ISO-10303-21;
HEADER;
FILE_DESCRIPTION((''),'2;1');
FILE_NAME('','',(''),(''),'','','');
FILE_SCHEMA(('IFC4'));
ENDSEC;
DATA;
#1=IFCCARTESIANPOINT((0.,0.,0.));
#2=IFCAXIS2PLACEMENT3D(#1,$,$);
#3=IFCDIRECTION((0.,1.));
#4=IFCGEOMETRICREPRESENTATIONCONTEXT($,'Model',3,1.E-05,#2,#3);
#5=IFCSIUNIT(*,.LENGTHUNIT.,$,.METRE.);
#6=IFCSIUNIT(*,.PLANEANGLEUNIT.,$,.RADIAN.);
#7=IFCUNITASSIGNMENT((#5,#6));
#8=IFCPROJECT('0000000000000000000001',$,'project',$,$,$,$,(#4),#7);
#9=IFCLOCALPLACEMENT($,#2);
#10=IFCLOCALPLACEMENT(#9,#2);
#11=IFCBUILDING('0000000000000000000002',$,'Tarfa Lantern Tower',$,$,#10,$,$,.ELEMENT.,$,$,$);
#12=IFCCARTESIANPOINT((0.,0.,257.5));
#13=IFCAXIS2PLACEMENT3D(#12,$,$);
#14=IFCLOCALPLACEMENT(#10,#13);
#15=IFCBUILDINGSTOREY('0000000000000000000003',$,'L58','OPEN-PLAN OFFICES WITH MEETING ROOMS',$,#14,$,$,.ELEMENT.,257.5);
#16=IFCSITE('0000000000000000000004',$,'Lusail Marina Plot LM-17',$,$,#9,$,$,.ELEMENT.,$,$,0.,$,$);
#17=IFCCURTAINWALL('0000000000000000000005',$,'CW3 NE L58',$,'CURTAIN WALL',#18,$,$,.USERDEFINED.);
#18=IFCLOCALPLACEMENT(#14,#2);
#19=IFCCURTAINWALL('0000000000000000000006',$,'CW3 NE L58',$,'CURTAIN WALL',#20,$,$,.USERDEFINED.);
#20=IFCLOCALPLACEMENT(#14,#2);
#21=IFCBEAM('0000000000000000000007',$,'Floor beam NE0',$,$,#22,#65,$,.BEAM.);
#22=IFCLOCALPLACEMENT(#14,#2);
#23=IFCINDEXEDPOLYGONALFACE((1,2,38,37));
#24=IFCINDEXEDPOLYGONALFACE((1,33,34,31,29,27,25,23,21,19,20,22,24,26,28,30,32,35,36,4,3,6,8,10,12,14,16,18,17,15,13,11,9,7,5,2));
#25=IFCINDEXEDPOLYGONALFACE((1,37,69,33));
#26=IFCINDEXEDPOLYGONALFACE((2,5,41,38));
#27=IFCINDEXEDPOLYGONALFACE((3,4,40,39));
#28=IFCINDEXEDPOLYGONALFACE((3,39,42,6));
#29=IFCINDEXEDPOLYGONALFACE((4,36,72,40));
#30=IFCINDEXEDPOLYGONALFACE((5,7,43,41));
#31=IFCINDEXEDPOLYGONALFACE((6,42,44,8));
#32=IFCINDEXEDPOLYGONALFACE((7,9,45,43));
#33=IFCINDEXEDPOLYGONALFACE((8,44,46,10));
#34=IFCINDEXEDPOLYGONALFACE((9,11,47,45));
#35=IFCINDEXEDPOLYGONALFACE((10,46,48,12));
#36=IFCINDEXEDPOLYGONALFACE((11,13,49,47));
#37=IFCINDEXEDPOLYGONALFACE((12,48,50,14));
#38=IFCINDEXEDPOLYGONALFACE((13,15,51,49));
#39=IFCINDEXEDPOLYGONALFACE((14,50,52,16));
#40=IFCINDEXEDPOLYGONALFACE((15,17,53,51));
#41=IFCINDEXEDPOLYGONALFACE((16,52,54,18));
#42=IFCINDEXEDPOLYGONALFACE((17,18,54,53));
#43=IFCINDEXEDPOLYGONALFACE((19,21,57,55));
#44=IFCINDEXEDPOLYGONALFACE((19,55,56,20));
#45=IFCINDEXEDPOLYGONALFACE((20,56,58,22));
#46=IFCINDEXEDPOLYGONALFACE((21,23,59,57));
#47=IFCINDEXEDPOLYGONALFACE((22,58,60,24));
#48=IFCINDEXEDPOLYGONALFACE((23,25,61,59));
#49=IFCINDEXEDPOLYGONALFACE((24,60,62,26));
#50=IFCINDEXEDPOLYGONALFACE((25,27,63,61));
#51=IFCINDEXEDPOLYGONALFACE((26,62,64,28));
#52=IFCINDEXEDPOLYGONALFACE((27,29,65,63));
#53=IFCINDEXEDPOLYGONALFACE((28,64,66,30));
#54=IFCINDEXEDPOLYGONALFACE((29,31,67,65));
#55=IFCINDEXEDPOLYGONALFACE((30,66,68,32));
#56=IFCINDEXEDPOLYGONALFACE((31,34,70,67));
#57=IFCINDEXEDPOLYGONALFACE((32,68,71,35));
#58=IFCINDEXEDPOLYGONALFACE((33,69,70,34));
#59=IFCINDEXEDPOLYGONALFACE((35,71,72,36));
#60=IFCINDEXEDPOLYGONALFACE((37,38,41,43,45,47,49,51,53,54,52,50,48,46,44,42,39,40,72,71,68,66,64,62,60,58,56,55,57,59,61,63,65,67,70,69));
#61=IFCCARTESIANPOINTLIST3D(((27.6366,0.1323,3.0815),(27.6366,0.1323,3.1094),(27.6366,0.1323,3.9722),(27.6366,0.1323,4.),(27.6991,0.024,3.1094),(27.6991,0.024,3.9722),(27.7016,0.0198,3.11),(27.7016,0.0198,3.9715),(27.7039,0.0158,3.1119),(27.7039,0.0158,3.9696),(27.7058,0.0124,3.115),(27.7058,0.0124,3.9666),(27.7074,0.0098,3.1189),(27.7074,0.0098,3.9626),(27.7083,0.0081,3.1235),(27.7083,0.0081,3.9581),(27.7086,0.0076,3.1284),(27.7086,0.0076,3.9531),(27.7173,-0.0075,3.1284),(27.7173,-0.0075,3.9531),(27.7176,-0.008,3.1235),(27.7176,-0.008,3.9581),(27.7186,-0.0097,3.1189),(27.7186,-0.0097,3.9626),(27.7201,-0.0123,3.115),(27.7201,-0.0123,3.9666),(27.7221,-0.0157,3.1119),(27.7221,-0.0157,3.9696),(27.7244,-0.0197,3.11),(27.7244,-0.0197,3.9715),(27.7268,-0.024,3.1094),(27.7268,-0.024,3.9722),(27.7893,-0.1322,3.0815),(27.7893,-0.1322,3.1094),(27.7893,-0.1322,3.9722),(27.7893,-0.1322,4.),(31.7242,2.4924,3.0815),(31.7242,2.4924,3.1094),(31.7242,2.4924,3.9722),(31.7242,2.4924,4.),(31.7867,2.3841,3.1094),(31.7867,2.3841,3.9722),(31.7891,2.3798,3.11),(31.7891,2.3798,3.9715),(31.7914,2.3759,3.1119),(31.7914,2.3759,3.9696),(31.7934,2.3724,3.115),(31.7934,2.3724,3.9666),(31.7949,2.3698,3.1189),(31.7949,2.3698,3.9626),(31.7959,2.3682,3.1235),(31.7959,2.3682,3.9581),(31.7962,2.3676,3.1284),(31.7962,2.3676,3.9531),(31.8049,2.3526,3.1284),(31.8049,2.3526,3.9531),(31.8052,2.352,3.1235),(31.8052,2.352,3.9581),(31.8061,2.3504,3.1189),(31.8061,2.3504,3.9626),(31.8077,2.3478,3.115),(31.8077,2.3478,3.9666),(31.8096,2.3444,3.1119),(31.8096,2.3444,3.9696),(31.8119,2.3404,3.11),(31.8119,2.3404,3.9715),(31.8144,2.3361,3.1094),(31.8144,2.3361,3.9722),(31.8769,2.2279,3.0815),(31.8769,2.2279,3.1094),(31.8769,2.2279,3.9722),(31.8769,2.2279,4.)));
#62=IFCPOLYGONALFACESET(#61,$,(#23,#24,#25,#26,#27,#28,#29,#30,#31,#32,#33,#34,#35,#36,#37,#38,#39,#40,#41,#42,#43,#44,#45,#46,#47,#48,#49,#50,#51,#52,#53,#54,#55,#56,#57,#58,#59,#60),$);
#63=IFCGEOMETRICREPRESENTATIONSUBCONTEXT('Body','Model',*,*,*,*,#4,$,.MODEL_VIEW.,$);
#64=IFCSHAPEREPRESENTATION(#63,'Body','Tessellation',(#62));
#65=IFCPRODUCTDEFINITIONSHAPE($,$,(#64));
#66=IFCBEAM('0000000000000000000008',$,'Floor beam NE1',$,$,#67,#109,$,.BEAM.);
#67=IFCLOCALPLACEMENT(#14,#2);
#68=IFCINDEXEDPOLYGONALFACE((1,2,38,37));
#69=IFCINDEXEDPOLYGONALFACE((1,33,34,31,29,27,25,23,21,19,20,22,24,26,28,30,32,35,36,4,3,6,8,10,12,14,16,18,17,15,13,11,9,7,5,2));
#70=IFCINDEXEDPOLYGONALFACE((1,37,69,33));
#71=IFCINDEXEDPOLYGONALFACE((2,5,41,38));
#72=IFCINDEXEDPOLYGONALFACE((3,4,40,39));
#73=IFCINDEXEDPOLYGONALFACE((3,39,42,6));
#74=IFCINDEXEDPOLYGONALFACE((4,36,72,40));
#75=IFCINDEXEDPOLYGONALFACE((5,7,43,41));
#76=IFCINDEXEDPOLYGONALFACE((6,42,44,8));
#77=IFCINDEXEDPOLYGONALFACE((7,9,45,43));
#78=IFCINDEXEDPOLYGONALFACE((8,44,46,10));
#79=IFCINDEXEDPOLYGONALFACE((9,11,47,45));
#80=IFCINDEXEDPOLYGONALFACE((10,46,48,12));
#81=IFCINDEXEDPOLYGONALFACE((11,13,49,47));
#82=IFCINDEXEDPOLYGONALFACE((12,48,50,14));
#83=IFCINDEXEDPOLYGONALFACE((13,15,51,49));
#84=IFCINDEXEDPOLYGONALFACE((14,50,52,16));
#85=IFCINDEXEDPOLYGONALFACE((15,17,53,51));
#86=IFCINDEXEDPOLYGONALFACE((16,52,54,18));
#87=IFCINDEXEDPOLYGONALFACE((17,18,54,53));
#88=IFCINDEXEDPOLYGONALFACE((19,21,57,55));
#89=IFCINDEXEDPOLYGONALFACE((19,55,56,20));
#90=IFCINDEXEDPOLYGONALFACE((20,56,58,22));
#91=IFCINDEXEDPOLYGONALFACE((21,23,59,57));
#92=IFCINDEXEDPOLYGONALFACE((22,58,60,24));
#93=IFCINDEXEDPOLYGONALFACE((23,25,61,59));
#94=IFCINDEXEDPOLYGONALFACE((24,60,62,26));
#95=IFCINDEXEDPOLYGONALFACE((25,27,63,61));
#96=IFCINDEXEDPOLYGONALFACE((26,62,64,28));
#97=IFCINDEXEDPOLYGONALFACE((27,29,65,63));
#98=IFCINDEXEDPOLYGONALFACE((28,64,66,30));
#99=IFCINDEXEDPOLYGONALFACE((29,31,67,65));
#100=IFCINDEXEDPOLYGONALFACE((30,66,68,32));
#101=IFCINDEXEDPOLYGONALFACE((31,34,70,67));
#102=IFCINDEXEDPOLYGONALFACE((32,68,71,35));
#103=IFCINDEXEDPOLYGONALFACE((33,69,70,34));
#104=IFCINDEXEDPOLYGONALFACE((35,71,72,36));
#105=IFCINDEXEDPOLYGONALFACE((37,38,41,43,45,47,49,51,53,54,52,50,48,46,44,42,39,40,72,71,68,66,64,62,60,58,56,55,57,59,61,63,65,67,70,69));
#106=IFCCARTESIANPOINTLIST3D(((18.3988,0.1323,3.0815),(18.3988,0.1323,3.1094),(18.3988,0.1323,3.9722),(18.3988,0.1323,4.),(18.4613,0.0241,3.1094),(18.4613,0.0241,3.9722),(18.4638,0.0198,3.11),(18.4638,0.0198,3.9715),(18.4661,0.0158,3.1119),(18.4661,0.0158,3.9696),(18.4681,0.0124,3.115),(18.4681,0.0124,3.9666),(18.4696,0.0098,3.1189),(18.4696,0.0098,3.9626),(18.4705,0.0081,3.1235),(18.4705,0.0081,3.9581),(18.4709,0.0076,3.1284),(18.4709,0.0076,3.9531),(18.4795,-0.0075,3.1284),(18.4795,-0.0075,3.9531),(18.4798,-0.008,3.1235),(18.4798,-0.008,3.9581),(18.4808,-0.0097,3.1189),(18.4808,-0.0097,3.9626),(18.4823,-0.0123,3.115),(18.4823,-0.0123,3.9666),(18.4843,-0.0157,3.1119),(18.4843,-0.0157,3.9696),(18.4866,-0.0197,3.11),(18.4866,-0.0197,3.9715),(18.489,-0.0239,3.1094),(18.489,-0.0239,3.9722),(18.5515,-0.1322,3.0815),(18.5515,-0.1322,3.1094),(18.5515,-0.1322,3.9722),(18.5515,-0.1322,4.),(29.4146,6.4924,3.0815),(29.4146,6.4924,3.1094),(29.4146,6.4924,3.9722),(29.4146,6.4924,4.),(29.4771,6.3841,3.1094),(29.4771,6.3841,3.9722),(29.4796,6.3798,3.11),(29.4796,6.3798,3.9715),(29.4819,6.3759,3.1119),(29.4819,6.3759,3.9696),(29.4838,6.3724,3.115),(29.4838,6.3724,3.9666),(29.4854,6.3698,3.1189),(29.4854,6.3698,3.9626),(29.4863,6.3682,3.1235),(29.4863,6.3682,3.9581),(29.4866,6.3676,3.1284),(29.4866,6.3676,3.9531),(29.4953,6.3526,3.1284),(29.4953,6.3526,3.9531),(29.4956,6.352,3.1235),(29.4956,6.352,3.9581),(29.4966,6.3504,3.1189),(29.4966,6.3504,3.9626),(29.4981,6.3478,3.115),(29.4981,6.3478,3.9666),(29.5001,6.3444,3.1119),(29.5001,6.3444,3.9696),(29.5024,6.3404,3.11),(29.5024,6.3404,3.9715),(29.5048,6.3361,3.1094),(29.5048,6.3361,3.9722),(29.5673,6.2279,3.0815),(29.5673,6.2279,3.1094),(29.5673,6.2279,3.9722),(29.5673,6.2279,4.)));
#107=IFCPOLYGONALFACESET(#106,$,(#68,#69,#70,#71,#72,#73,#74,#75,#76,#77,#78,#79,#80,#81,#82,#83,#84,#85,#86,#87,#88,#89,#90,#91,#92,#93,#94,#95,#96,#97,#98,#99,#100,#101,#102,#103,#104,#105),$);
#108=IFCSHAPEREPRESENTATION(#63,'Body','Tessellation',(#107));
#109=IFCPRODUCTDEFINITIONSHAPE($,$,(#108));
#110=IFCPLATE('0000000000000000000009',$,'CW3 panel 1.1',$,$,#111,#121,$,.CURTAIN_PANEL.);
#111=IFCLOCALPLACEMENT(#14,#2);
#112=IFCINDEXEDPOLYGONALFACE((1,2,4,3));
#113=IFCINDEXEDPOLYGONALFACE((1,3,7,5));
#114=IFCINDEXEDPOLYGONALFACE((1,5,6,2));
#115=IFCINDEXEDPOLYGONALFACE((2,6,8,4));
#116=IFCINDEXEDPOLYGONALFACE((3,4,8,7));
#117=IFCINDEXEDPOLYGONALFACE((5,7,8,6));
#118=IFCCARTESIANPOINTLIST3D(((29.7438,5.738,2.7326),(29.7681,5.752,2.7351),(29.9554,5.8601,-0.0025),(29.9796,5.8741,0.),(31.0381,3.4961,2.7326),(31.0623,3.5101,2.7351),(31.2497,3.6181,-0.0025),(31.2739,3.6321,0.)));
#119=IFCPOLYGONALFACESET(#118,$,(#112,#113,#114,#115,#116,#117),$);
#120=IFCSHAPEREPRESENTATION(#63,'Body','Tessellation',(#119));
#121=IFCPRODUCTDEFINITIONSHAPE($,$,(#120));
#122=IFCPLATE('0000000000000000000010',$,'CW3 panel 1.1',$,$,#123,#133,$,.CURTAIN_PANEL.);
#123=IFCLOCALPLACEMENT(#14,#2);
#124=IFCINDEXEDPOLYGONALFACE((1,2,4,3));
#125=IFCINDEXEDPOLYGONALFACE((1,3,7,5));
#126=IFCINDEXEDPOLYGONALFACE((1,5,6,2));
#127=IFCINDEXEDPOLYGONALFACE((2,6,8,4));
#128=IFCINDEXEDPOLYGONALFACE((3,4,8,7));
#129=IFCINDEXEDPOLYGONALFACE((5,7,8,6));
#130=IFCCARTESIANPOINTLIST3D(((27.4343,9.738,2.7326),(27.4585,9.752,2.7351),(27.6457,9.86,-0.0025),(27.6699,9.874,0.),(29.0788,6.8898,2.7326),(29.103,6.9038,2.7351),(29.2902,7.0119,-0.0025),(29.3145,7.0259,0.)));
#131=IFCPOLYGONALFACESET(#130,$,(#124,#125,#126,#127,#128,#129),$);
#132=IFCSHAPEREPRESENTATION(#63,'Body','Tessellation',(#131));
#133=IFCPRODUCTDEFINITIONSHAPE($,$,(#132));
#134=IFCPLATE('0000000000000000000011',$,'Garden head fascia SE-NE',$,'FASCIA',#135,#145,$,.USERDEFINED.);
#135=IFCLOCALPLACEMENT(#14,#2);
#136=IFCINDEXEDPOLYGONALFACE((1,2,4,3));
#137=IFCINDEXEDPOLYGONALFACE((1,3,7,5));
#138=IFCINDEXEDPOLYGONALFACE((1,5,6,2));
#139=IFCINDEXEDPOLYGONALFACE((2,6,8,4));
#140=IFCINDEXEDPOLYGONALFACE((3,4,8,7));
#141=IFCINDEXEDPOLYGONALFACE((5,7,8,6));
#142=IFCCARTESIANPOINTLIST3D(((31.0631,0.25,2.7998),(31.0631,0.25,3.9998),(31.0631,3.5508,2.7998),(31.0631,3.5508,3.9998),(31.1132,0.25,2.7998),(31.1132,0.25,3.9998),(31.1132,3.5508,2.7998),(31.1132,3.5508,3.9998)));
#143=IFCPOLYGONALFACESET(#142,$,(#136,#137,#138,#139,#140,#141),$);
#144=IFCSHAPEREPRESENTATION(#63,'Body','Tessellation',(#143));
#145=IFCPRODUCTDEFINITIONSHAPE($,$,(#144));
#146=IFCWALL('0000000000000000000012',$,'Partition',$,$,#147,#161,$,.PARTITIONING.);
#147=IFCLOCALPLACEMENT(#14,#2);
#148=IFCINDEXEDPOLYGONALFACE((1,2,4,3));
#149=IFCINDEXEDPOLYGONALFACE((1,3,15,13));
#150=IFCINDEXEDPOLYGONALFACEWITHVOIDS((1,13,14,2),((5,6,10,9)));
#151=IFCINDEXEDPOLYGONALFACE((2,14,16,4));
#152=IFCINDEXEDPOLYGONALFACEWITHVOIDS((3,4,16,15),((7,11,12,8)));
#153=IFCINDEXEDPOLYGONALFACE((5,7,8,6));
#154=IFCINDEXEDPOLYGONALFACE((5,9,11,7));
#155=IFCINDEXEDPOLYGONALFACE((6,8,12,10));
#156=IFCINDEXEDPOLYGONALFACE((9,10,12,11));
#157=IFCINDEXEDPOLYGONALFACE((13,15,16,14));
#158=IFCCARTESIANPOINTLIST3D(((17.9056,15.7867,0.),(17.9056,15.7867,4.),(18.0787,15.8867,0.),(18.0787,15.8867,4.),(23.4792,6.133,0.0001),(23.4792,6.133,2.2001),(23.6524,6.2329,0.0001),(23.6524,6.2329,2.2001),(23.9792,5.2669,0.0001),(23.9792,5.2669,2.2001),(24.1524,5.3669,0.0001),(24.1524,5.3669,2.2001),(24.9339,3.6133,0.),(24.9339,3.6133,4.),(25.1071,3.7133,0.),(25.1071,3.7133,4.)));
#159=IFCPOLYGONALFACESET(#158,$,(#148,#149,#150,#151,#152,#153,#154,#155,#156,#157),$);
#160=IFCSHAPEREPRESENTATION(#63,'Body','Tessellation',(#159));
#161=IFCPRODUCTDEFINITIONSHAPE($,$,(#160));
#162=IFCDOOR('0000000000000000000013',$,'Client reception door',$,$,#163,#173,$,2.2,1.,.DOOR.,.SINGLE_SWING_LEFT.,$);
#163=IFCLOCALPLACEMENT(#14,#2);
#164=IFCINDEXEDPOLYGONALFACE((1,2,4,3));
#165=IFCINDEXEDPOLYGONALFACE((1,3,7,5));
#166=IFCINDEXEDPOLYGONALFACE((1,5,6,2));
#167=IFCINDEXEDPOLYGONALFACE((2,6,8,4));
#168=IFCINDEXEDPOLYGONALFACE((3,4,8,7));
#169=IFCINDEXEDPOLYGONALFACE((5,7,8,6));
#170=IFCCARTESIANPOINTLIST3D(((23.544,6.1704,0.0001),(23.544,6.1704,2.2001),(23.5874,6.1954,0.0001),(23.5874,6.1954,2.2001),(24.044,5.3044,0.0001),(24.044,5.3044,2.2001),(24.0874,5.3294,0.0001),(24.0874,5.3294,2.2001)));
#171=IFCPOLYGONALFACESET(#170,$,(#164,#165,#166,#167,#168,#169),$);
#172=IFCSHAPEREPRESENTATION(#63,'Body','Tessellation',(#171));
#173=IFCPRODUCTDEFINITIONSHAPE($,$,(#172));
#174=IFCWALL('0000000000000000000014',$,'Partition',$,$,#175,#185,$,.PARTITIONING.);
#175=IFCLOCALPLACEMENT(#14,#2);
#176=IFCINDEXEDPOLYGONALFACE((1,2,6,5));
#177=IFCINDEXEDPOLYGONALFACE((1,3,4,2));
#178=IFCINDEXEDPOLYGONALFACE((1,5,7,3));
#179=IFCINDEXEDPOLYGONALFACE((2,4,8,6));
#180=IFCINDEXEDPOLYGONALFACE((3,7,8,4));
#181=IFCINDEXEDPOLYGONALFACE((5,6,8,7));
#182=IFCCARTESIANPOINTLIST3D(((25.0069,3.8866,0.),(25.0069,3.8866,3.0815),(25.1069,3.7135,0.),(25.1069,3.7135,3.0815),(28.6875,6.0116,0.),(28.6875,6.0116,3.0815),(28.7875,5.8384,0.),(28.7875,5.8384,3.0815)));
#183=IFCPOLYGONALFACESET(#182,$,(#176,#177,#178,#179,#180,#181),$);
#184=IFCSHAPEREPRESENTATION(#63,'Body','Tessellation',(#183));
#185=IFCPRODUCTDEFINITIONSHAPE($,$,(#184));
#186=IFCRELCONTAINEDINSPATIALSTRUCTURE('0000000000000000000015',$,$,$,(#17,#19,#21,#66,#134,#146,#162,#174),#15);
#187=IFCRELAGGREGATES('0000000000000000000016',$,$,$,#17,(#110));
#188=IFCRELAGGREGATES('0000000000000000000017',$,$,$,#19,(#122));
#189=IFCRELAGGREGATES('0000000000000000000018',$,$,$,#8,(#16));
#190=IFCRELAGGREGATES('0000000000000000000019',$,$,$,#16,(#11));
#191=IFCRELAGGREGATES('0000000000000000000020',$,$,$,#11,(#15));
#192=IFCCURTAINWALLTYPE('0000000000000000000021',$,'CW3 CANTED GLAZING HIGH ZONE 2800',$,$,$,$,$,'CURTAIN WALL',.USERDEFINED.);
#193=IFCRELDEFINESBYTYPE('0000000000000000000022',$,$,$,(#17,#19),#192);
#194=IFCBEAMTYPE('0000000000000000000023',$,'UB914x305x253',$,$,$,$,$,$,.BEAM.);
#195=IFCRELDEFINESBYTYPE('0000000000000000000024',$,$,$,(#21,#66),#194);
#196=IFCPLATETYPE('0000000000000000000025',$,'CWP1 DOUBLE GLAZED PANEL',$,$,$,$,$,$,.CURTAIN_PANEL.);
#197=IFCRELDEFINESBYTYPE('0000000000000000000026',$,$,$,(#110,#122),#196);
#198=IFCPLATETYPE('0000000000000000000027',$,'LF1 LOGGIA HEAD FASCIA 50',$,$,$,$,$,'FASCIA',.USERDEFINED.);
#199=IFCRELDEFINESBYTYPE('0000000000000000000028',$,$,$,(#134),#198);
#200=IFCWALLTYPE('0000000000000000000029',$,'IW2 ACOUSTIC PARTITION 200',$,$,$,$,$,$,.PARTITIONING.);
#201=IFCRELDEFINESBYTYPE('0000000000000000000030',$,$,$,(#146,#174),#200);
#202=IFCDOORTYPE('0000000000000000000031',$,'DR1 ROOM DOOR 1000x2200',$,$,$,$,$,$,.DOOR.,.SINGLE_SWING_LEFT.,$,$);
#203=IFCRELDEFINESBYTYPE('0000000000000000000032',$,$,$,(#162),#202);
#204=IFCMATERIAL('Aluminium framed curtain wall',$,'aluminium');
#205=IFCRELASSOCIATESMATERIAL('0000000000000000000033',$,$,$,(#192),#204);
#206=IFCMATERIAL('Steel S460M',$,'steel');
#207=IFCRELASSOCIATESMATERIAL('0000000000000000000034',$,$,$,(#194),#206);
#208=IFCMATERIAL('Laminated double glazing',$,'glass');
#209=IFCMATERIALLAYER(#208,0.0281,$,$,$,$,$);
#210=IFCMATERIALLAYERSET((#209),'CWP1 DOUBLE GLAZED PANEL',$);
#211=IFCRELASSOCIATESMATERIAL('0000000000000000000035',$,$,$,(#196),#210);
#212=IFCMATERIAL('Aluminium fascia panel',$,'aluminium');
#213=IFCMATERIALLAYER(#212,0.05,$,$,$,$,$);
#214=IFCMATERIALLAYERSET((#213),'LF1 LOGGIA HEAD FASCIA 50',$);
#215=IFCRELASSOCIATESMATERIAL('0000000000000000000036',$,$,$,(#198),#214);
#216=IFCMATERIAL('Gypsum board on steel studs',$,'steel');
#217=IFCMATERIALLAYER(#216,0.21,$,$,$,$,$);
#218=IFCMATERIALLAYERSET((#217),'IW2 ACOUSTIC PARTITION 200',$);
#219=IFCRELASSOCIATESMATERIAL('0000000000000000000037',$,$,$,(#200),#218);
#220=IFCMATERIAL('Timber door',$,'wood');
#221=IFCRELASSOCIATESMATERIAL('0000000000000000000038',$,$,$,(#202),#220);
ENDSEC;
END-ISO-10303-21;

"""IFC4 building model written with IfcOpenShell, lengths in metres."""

from ifc_helpers import new_model, si_unit, direction, frame, frame_2d, origin, origin_2d, place, context, subcontext, project, spatial, polyline, rectangle, i_section, outline, extrude, material, layer, layer_set, material_profile, profile_set, type_object, element, fill, aggregate, save


model = new_model("IFC4")

# Units and contexts
model_context = context("Model", 3, precision=1e-05, world=origin(), true_north=direction((0.0, 1.0)))
body_context = subcontext(model_context, "Body", "Model", "MODEL_VIEW")
ifc_project = project(units=[si_unit("LENGTHUNIT", "METRE"), si_unit("PLANEANGLEUNIT", "RADIAN")], contexts=[model_context])

# Site, building, storey
site_placement = place(None, origin())
site = spatial("IfcSite", under=ifc_project, at=site_placement, Name="Lusail Marina Plot LM-17", CompositionType="ELEMENT", RefElevation=0.0)
building_placement = place(site_placement, origin())
building = spatial("IfcBuilding", under=site, at=building_placement, Name="Tarfa Lantern Tower", CompositionType="ELEMENT")
storey_placement = place(building_placement, frame((0.0, 0.0, 257.5)))
storey = spatial("IfcBuildingStorey", under=building, at=storey_placement, Name="L58", Description="OPEN-PLAN OFFICES WITH MEETING ROOMS", CompositionType="ELEMENT", Elevation=257.5)

# Curtain walls
ifc_material_1 = material(Name="Aluminium framed curtain wall", Category="aluminium")
curtain_wall_type = type_object("IfcCurtainWallType", Name="CW3 CANTED GLAZING HIGH ZONE 2800", ElementType="CURTAIN WALL", PredefinedType="USERDEFINED", material=ifc_material_1)
curtain_wall_1_placement = place(storey_placement, origin())
curtain_wall_1 = element("IfcCurtainWall", 1, at=curtain_wall_1_placement, inside=storey, type_object=curtain_wall_type, Name="CW3 NE L58", ObjectType="CURTAIN WALL", PredefinedType="USERDEFINED")
curtain_wall_2_placement = place(storey_placement, origin())
curtain_wall_2 = element("IfcCurtainWall", 2, at=curtain_wall_2_placement, inside=storey, type_object=curtain_wall_type, Name="CW3 NE L58", ObjectType="CURTAIN WALL", PredefinedType="USERDEFINED")

# Beams
ifc_material_2 = material(Name="Steel S460M", Category="steel")
ifc_material_profile_1 = material_profile(ifc_material_2, i_section(OverallWidth=0.3054, OverallDepth=0.9185, WebThickness=0.0173, FlangeThickness=0.0278, FilletRadius=0.019, at=origin_2d()), Name="UB914x305x253")
ifc_profile_set_1 = profile_set([ifc_material_profile_1], Name="Steel S460M")
beam_type_1 = type_object("IfcBeamType", Name="UB914x305x253", PredefinedType="BEAM", material=ifc_profile_set_1)
beam_1_placement = place(storey_placement, frame((31.8005, 2.3601, 3.5408), z_axis=(-0.866016, -0.500016, 0.0), x_axis=(0.500016, -0.866016, 0.0)))
element("IfcBeam", 3, at=beam_1_placement, inside=storey, type_object=beam_type_1, Name="Floor beam NE0", PredefinedType="BEAM", context=body_context, shape_type="SweptSolid", body=[
    extrude(i_section(OverallWidth=0.3054, OverallDepth=0.9185, WebThickness=0.0173, FlangeThickness=0.0278, FilletRadius=0.019, at=origin_2d()), origin(), (0.0, 0.0, 1.0), 4.72),
])
beam_2_placement = place(storey_placement, frame((29.491, 6.3601, 3.5408), z_axis=(-0.866022, -0.500005, 0.0), x_axis=(0.500005, -0.866022, 0.0)))
element("IfcBeam", 4, at=beam_2_placement, inside=storey, type_object=beam_type_1, Name="Floor beam NE1", PredefinedType="BEAM", context=body_context, shape_type="SweptSolid", body=[
    extrude(i_section(OverallWidth=0.3054, OverallDepth=0.9185, WebThickness=0.0173, FlangeThickness=0.0278, FilletRadius=0.019, at=origin_2d()), origin(), (0.0, 0.0, 1.0), 12.72),
])

# Plates
ifc_material_3 = material(Name="Laminated double glazing", Category="glass")
ifc_layer_1 = layer(ifc_material_3, 0.0281)
ifc_layer_set_1 = layer_set([ifc_layer_1], Name="CWP1 DOUBLE GLAZED PANEL")
plate_type_1 = type_object("IfcPlateType", Name="CWP1 DOUBLE GLAZED PANEL", PredefinedType="CURTAIN_PANEL", material=ifc_layer_set_1)
plate_1_placement = place(storey_placement, frame((31.2739, 3.6321, 0.0), z_axis=(0.862605, 0.497997, 0.088945), x_axis=(-0.499979, 0.866038, 0.000004)))
plate_1 = element("IfcPlate", 5, at=plate_1_placement, type_object=plate_type_1, Name="CW3 panel 1.1", PredefinedType="CURTAIN_PANEL", context=body_context, shape_type="SweptSolid", body=[
    extrude(outline(polyline([(0.0, 0.0), (2.5888, 0.0), (2.5888, 2.746), (0.0001, 2.746), (0.0, 0.0)])), origin(), (0.0, 0.0, -1.0), 0.0281),
])
aggregate(curtain_wall_1, [plate_1])
plate_2_placement = place(storey_placement, frame((29.3145, 7.0259, 0.0), z_axis=(0.862576, 0.498055, 0.088906), x_axis=(-0.500035, 0.866005, 0.0)))
plate_2 = element("IfcPlate", 6, at=plate_2_placement, type_object=plate_type_1, Name="CW3 panel 1.1", PredefinedType="CURTAIN_PANEL", context=body_context, shape_type="SweptSolid", body=[
    extrude(outline(polyline([(0.0, 0.0), (3.2888, 0.0), (3.2888, 2.746), (0.0, 2.746), (0.0, 0.0)])), origin(), (0.0, 0.0, -1.0), 0.0281),
])
aggregate(curtain_wall_2, [plate_2])
ifc_material_4 = material(Name="Aluminium fascia panel", Category="aluminium")
ifc_layer_2 = layer(ifc_material_4, 0.05)
ifc_layer_set_2 = layer_set([ifc_layer_2], Name="LF1 LOGGIA HEAD FASCIA 50")
plate_type_2 = type_object("IfcPlateType", Name="LF1 LOGGIA HEAD FASCIA 50", ElementType="FASCIA", PredefinedType="USERDEFINED", material=ifc_layer_set_2)
plate_3_placement = place(storey_placement, frame((31.0881, 1.9004, 2.7998), z_axis=(0.0, 0.0, 1.0), x_axis=(0.0, 1.0, 0.0)))
element("IfcPlate", 7, at=plate_3_placement, inside=storey, type_object=plate_type_2, Name="Garden head fascia SE-NE", ObjectType="FASCIA", PredefinedType="USERDEFINED", context=body_context, shape_type="SweptSolid", body=[
    extrude(rectangle(XDim=3.3008, YDim=0.05, at=origin_2d()), origin(), (0.0, 0.0, 1.0), 1.2),
])

# Wall, opening, door
ifc_material_5 = material(Name="Gypsum board on steel studs", Category="steel")
ifc_layer_3 = layer(ifc_material_5, 0.21)
ifc_layer_set_3 = layer_set([ifc_layer_3], Name="IW2 ACOUSTIC PARTITION 200")
wall_type = type_object("IfcWallType", Name="IW2 ACOUSTIC PARTITION 200", PredefinedType="PARTITIONING", material=ifc_layer_set_3)
wall_1_placement = place(storey_placement, frame((25.0205, 3.6633, 0.0), z_axis=(0.0, 0.0, 1.0), x_axis=(-0.500002, 0.866024, 0.0)))
wall_1 = element("IfcWall", 8, at=wall_1_placement, inside=storey, type_object=wall_type, Name="Partition", PredefinedType="PARTITIONING", context=body_context, shape_type="SweptSolid", body=[
    extrude(rectangle(XDim=14.0566, YDim=0.2, at=frame_2d((7.0283, 0.0))), origin(), (0.0, 0.0, 1.0), 4.0),
])
opening_1_placement = place(wall_1_placement, frame((1.9094, 0.0, 0.0)))
opening_1 = element("IfcOpeningElement", 9, at=opening_1_placement, cuts=wall_1, PredefinedType="OPENING", context=body_context, shape_type="SweptSolid", body=[
    extrude(rectangle(XDim=1.0, YDim=2.2, at=frame_2d((0.5, 1.1001))), frame((0.0, 0.1099, 0.0), z_axis=(0.0, -1.0, 0.0), x_axis=(1.0, 0.0, 0.0)), (0.0, 0.0, 1.0), 0.22),
])
ifc_material_6 = material(Name="Timber door", Category="wood")
door_type = type_object("IfcDoorType", Name="DR1 ROOM DOOR 1000x2200", OperationType="SINGLE_SWING_LEFT", PredefinedType="DOOR", material=ifc_material_6)
door_1_placement = place(opening_1_placement, frame((1.0, 0.0, 0.0), z_axis=(0.0, 0.0, 1.0), x_axis=(-1.0, 0.0, 0.0)))
door_1 = element("IfcDoor", 10, at=door_1_placement, inside=storey, type_object=door_type, Name="Client reception door", OperationType="SINGLE_SWING_LEFT", OverallHeight=2.2, OverallWidth=1.0, PredefinedType="DOOR", context=body_context, shape_type="SweptSolid", body=[
    extrude(rectangle(XDim=1.0, YDim=2.2, at=frame_2d((0.5, 1.1001))), frame((0.0, 0.0249, 0.0), z_axis=(0.0, -1.0, 0.0), x_axis=(1.0, 0.0, 0.0)), (0.0, 0.0, 1.0), 0.05),
])
fill(opening_1, door_1)

# Wall
wall_2_placement = place(storey_placement, frame((25.0569, 3.8, 0.0), z_axis=(0.0, 0.0, 1.0), x_axis=(0.866029, 0.499994, 0.0)))
element("IfcWall", 11, at=wall_2_placement, inside=storey, type_object=wall_type, Name="Partition", PredefinedType="PARTITIONING", context=body_context, shape_type="SweptSolid", body=[
    extrude(rectangle(XDim=4.25, YDim=0.2, at=frame_2d((2.125, 0.0))), origin(), (0.0, 0.0, 1.0), 3.0815),
])

save(model, "model.ifc")
